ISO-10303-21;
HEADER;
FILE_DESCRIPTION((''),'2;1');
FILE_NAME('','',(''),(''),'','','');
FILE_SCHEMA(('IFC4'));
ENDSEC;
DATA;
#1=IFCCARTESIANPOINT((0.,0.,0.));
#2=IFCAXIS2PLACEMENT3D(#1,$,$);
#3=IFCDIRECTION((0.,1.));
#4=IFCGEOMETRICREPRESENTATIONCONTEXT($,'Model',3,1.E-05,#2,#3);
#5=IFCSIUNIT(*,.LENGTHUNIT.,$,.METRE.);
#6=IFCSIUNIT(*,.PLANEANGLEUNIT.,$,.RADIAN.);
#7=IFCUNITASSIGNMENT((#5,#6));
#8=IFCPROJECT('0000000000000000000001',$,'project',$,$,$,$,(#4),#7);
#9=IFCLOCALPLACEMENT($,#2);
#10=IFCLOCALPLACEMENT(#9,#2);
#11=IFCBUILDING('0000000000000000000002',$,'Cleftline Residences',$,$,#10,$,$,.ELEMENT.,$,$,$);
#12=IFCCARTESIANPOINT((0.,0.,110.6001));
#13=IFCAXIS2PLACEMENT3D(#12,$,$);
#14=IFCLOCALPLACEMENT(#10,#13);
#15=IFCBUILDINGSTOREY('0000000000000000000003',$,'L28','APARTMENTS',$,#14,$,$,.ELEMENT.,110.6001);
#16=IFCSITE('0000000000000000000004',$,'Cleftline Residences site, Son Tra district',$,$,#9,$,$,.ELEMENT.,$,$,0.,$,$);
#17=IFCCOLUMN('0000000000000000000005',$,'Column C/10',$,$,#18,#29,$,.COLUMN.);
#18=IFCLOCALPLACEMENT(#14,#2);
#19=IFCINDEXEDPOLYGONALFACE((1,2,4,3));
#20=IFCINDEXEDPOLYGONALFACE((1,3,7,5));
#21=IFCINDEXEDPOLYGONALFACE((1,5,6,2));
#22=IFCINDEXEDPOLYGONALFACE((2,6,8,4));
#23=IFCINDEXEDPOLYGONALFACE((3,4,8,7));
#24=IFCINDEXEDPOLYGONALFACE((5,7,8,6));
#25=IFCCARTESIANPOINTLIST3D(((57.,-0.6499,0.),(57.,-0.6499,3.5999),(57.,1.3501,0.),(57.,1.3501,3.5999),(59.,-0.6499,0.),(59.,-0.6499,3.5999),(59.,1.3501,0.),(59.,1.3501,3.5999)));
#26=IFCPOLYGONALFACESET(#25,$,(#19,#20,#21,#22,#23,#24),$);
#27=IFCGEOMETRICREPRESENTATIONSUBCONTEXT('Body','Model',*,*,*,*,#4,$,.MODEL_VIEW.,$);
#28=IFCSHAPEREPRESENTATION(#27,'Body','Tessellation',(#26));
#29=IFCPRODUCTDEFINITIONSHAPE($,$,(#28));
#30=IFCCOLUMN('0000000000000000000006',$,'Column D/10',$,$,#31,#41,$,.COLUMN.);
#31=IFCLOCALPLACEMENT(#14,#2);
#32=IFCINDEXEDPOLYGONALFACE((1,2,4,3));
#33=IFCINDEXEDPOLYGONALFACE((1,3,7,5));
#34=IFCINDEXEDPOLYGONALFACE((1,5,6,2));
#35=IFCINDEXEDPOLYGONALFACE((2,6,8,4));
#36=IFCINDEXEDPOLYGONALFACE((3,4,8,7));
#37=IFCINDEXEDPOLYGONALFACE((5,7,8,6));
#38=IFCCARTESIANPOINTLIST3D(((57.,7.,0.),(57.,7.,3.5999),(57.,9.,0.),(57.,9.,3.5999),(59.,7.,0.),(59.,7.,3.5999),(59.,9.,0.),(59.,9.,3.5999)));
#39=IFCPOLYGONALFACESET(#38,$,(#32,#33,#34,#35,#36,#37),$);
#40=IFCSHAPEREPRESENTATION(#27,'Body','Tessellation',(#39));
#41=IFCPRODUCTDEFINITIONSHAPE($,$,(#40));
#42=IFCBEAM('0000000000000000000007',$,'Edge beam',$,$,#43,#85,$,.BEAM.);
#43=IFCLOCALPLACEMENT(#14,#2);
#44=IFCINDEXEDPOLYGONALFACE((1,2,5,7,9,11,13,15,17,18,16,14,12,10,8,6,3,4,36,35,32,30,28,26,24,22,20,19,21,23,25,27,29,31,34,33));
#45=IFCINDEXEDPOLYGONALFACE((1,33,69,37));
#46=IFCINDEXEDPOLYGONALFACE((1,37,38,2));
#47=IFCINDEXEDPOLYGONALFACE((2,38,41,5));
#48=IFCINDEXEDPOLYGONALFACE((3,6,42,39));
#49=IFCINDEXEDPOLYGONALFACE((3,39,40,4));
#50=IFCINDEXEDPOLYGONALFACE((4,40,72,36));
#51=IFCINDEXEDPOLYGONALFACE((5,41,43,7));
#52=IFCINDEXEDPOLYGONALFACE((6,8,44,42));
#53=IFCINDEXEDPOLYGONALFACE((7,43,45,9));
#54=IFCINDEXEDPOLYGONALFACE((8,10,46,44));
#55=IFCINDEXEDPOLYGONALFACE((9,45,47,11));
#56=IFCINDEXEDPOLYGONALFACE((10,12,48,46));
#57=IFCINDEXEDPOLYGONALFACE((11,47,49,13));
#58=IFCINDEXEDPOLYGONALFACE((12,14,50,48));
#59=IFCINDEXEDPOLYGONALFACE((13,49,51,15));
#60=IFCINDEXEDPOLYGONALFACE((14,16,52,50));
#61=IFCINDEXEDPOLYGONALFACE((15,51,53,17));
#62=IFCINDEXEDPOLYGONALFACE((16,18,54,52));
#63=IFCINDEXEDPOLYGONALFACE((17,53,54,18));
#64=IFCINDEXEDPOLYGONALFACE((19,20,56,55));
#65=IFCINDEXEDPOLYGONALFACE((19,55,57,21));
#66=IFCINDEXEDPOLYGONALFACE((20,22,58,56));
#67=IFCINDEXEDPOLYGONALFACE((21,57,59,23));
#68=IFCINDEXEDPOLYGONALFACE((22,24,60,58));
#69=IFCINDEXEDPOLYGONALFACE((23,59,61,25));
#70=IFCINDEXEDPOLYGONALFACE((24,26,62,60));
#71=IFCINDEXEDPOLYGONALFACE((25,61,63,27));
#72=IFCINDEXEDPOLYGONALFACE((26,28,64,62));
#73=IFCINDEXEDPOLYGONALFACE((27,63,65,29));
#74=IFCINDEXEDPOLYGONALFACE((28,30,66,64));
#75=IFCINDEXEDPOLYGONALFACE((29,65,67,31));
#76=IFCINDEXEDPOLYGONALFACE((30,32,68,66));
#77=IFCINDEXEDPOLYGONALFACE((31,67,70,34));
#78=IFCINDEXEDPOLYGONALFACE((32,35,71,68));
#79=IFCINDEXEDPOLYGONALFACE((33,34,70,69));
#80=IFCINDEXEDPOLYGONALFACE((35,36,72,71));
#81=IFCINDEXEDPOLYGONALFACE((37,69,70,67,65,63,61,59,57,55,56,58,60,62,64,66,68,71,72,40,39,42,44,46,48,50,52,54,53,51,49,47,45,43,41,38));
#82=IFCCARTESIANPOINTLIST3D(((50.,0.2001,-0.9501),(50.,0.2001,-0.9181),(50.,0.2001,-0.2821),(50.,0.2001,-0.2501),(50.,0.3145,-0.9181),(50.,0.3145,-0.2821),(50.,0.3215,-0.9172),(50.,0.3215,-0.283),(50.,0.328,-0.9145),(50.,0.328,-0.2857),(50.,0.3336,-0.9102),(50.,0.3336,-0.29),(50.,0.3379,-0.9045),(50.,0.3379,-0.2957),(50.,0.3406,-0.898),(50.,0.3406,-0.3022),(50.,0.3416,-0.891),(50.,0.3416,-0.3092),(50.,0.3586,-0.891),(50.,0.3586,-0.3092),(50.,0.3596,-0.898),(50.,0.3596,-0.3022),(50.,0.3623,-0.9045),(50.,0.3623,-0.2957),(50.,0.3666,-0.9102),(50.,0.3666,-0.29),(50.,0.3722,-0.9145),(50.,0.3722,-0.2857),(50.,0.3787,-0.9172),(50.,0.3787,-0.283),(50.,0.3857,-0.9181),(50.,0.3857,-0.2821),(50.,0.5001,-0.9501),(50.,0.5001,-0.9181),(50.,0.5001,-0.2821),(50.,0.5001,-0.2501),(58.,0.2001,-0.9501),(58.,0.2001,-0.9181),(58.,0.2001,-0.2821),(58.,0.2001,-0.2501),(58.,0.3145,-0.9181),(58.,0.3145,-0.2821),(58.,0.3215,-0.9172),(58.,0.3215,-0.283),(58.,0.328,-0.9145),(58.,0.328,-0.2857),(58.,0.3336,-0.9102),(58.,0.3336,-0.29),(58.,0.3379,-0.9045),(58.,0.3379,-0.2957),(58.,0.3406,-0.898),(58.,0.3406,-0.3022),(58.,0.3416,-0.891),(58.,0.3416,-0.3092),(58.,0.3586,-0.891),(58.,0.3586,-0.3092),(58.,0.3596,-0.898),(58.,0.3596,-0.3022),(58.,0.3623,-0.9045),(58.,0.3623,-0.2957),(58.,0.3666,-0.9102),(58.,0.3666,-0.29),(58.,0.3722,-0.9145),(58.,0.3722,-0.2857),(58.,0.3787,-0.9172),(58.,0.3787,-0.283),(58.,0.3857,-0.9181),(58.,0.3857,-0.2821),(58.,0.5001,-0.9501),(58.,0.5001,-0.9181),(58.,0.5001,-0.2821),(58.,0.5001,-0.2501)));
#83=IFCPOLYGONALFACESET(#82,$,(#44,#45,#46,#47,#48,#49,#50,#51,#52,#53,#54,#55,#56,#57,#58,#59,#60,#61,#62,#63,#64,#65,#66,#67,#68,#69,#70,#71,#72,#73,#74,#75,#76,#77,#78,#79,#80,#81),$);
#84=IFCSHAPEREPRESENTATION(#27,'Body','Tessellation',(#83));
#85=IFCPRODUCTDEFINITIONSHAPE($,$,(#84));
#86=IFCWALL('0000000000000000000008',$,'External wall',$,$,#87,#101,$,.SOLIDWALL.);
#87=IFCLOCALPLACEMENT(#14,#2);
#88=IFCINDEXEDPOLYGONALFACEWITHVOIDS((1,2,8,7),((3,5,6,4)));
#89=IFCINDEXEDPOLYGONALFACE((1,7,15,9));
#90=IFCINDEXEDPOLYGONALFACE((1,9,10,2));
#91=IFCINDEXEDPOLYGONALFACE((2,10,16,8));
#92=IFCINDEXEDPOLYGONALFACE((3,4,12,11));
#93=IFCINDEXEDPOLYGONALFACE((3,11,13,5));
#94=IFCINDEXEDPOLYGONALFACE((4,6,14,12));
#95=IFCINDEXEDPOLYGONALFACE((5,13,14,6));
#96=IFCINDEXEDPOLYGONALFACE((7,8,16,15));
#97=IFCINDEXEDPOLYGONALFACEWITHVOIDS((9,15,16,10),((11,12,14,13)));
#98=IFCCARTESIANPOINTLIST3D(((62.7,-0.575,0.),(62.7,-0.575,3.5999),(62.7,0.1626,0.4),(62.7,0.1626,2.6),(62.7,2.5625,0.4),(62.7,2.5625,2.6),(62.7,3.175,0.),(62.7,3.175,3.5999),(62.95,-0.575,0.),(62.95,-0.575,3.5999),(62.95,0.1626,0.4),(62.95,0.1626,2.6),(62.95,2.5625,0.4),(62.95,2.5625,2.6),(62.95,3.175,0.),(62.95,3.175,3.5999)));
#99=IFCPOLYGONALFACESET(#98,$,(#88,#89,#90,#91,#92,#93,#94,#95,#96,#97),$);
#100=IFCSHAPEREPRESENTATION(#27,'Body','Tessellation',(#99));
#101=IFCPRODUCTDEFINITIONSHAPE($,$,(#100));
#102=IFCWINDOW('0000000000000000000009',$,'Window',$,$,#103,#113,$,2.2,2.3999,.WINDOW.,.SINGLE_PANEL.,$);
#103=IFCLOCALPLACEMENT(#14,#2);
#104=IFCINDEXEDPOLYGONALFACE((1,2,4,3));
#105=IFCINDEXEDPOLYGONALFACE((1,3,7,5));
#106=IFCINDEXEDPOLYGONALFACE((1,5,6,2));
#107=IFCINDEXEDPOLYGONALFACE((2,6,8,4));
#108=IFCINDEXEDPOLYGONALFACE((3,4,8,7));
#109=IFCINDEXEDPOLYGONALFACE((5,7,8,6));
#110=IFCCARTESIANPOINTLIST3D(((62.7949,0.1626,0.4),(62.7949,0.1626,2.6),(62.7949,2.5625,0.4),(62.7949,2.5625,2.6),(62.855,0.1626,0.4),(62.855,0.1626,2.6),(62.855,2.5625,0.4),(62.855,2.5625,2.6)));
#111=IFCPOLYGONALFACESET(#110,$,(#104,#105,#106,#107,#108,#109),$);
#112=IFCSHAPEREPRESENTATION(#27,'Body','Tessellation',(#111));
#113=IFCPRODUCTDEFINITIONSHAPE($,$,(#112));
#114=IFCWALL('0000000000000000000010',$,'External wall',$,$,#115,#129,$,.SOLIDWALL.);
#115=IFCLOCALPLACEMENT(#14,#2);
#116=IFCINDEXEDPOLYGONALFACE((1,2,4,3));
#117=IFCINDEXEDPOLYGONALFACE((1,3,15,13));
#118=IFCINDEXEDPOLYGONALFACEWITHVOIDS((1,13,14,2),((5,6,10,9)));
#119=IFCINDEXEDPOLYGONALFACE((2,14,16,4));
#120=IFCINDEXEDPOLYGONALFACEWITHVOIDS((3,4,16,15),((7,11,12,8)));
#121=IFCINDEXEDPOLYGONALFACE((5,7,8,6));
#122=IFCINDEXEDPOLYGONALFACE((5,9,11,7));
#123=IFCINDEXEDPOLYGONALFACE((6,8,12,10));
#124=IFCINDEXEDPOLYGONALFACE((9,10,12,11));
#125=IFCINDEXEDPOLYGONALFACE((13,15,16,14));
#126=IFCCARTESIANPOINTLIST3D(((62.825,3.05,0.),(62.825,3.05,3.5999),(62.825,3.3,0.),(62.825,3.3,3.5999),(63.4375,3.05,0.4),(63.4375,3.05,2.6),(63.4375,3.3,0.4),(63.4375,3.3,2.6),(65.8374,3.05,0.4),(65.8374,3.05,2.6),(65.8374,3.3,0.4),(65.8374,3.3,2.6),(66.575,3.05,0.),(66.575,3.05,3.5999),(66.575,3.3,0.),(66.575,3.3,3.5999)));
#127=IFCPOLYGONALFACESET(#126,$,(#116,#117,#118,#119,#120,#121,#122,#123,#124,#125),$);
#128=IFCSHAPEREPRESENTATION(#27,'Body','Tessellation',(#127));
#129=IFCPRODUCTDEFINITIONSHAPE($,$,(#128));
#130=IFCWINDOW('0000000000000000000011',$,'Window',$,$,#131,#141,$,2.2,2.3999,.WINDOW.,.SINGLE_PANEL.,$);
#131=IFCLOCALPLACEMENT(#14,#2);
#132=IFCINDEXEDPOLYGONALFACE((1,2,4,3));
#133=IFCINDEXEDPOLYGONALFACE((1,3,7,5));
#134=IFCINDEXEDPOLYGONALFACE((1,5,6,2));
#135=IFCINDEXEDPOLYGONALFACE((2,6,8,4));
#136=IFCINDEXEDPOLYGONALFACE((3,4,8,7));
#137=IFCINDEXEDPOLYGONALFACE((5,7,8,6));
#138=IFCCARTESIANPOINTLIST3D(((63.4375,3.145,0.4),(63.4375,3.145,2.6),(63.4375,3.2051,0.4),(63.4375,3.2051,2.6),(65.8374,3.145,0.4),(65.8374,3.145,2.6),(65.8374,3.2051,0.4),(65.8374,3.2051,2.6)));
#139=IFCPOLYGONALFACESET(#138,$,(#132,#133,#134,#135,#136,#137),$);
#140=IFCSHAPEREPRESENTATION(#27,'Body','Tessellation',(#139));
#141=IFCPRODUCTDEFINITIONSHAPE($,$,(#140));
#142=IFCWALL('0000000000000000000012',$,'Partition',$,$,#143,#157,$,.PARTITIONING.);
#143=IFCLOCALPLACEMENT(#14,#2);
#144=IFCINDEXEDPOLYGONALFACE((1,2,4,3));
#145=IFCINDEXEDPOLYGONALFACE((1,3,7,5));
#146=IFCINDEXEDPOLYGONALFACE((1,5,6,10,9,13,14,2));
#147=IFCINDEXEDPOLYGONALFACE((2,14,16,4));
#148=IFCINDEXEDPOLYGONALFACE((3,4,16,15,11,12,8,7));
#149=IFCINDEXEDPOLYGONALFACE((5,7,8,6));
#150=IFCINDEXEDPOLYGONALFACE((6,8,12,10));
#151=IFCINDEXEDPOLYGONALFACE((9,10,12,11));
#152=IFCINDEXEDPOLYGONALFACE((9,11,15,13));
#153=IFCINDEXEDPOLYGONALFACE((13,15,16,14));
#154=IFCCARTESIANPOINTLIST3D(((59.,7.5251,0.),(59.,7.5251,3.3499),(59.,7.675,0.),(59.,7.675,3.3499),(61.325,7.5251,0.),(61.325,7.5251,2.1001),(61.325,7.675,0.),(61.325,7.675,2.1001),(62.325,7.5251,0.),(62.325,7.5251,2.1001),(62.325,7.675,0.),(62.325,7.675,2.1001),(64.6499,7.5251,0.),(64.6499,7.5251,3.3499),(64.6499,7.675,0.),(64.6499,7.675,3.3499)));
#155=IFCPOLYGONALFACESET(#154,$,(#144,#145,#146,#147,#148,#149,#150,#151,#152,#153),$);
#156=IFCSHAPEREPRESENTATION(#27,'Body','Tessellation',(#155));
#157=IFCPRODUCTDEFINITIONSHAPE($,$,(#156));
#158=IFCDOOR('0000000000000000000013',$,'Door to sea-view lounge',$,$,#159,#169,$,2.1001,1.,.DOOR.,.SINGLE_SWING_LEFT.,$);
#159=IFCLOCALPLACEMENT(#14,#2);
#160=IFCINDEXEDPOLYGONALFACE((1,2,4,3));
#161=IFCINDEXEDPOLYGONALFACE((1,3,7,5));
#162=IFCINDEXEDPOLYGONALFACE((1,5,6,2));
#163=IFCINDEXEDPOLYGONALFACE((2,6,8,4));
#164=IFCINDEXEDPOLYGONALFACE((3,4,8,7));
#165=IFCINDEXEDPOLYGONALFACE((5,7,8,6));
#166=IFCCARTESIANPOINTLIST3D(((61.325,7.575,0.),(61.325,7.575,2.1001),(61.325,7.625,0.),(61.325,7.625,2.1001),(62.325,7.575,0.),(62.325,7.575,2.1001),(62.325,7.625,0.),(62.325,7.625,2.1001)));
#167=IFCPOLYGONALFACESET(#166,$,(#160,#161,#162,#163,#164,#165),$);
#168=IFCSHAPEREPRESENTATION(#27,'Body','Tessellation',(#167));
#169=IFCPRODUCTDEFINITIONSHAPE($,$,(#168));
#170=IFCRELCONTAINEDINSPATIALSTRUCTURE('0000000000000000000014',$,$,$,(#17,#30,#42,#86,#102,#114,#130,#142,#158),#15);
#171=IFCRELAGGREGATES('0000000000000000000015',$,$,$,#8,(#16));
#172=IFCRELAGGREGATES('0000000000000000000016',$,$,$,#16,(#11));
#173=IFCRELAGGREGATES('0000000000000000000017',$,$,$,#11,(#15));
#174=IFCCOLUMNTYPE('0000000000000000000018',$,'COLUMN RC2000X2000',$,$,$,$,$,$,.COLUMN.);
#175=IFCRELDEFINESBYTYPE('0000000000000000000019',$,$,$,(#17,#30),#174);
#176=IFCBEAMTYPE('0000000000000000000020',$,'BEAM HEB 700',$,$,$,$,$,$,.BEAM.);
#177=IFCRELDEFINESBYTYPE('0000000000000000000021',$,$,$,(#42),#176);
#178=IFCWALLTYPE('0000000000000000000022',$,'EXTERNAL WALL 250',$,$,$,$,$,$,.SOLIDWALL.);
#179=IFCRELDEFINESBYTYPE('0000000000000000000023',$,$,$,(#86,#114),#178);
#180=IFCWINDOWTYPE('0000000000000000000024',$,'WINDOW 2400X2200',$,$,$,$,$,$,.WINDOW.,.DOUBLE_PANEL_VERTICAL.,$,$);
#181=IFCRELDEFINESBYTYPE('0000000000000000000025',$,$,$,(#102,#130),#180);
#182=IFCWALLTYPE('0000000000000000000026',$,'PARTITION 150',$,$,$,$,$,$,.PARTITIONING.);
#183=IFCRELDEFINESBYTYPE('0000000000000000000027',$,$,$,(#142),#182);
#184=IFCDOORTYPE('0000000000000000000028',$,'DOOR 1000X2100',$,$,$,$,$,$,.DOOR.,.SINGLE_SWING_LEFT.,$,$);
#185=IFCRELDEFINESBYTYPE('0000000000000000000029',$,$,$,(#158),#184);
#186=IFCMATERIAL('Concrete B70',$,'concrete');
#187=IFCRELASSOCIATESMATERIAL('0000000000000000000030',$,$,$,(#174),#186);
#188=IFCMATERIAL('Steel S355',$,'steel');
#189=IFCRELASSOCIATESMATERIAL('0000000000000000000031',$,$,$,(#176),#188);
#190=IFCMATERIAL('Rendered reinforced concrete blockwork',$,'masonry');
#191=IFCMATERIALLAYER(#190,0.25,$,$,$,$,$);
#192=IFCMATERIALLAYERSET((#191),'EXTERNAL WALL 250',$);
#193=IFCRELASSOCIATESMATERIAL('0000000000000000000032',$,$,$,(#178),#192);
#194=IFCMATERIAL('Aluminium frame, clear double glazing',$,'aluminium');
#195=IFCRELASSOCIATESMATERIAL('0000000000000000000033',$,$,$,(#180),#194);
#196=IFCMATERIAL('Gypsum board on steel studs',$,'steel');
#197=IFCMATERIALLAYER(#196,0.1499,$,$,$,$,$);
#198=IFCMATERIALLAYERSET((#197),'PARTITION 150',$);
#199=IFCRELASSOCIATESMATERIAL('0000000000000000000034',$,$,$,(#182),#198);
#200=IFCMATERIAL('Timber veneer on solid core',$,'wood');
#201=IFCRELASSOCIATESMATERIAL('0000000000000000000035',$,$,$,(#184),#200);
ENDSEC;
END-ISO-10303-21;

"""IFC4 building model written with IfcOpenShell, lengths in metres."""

from ifc_helpers import new_model, si_unit, direction, frame, frame_2d, origin, origin_2d, place, context, subcontext, project, spatial, rectangle, i_section, extrude, material, layer, layer_set, material_profile, profile_set, type_object, element, fill, save


model = new_model("IFC4")

# Units and contexts
model_context = context("Model", 3, precision=1e-05, world=origin(), true_north=direction((0.0, 1.0)))
body_context = subcontext(model_context, "Body", "Model", "MODEL_VIEW")
ifc_project = project(units=[si_unit("LENGTHUNIT", "METRE"), si_unit("PLANEANGLEUNIT", "RADIAN")], contexts=[model_context])

# Site, building, storey
site_placement = place(None, origin())
site = spatial("IfcSite", under=ifc_project, at=site_placement, Name="Cleftline Residences site, Son Tra district", CompositionType="ELEMENT", RefElevation=0.0)
building_placement = place(site_placement, origin())
building = spatial("IfcBuilding", under=site, at=building_placement, Name="Cleftline Residences", CompositionType="ELEMENT")
storey_placement = place(building_placement, frame((0.0, 0.0, 110.6001)))
storey = spatial("IfcBuildingStorey", under=building, at=storey_placement, Name="L28", Description="APARTMENTS", CompositionType="ELEMENT", Elevation=110.6001)

# Columns
ifc_material_1 = material(Name="Concrete B70", Category="concrete")
ifc_material_profile_1 = material_profile(ifc_material_1, rectangle(XDim=2.0, YDim=2.0, at=origin_2d()))
ifc_profile_set_1 = profile_set([ifc_material_profile_1], Name="Concrete B70")
column_type = type_object("IfcColumnType", Name="COLUMN RC2000X2000", PredefinedType="COLUMN", material=ifc_profile_set_1)
for number, where, z_axis, x_axis, name in (
    (1, (58.0, 0.3501, 0.0), (0.0, 0.0, 1.0), (1.0, 0.0, 0.0), "Column C/10"),
    (2, (58.0, 8.0, 0.0), (0.0, 0.0, 1.0), (1.0, 0.0, 0.0), "Column D/10"),
):
    element("IfcColumn", number, at=place(storey_placement, frame(where, z_axis=z_axis, x_axis=x_axis)), inside=storey, type_object=column_type, Name=name, PredefinedType="COLUMN", context=body_context, shape_type="SweptSolid", body=[
        extrude(rectangle(XDim=2.0, YDim=2.0, at=origin_2d()), origin(), (0.0, 0.0, 1.0), 3.5999),
    ])

# Beam
ifc_material_2 = material(Name="Steel S355", Category="steel")
ifc_material_profile_2 = material_profile(ifc_material_2, i_section(OverallWidth=0.3, OverallDepth=0.7, WebThickness=0.0171, FlangeThickness=0.032, FilletRadius=0.0271, at=origin_2d()))
ifc_profile_set_2 = profile_set([ifc_material_profile_2], Name="Steel S355")
beam_type = type_object("IfcBeamType", Name="BEAM HEB 700", PredefinedType="BEAM", material=ifc_profile_set_2)
beam_placement = place(storey_placement, frame((58.0, 0.3501, -0.6001), z_axis=(-1.0, 0.0, 0.0), x_axis=(0.0, -1.0, 0.0)))
element("IfcBeam", 3, at=beam_placement, inside=storey, type_object=beam_type, Name="Edge beam", PredefinedType="BEAM", context=body_context, shape_type="SweptSolid", body=[
    extrude(i_section(OverallWidth=0.3, OverallDepth=0.7, WebThickness=0.0171, FlangeThickness=0.032, FilletRadius=0.0271, at=origin_2d()), origin(), (0.0, 0.0, 1.0), 8.0),
])

# Walls, openings, windows
ifc_material_3 = material(Name="Rendered reinforced concrete blockwork", Category="masonry")
ifc_layer_1 = layer(ifc_material_3, 0.25)
ifc_layer_set_1 = layer_set([ifc_layer_1], Name="EXTERNAL WALL 250")
wall_type_1 = type_object("IfcWallType", Name="EXTERNAL WALL 250", PredefinedType="SOLIDWALL", material=ifc_layer_set_1)
wall_1_placement = place(storey_placement, frame((62.825, -0.575, 0.0), z_axis=(0.0, 0.0, 1.0), x_axis=(0.0, 1.0, 0.0)))
wall_1 = element("IfcWall", 4, at=wall_1_placement, inside=storey, type_object=wall_type_1, Name="External wall", PredefinedType="SOLIDWALL", context=body_context, shape_type="SweptSolid", body=[
    extrude(rectangle(XDim=3.75, YDim=0.25, at=frame_2d((1.875, 0.0))), origin(), (0.0, 0.0, 1.0), 3.5999),
])
opening_1_placement = place(wall_1_placement, frame((0.7375, 0.0, 0.3999)))
opening_1 = element("IfcOpeningElement", 5, at=opening_1_placement, cuts=wall_1, PredefinedType="OPENING", context=body_context, shape_type="SweptSolid", body=[
    extrude(rectangle(XDim=2.3999, YDim=2.2, at=frame_2d((1.2, 1.1001))), frame((0.0, 0.135, 0.0), z_axis=(0.0, -1.0, 0.0), x_axis=(1.0, 0.0, 0.0)), (0.0, 0.0, 1.0), 0.27),
])
ifc_material_4 = material(Name="Aluminium frame, clear double glazing", Category="aluminium")
window_type = type_object("IfcWindowType", Name="WINDOW 2400X2200", PartitioningType="DOUBLE_PANEL_VERTICAL", PredefinedType="WINDOW", material=ifc_material_4)
window_1_placement = place(opening_1_placement, origin())
window_1 = element("IfcWindow", 6, at=window_1_placement, inside=storey, type_object=window_type, Name="Window", OverallHeight=2.2, OverallWidth=2.3999, PartitioningType="SINGLE_PANEL", PredefinedType="WINDOW", context=body_context, shape_type="SweptSolid", body=[
    extrude(rectangle(XDim=2.3999, YDim=2.2, at=frame_2d((1.2, 1.1001))), frame((0.0, 0.03, 0.0), z_axis=(0.0, -1.0, 0.0), x_axis=(1.0, 0.0, 0.0)), (0.0, 0.0, 1.0), 0.0601),
])
fill(opening_1, window_1)
wall_2_placement = place(storey_placement, frame((62.825, 3.175, 0.0), z_axis=(0.0, 0.0, 1.0), x_axis=(1.0, 0.0, 0.0)))
wall_2 = element("IfcWall", 7, at=wall_2_placement, inside=storey, type_object=wall_type_1, Name="External wall", PredefinedType="SOLIDWALL", context=body_context, shape_type="SweptSolid", body=[
    extrude(rectangle(XDim=3.75, YDim=0.25, at=frame_2d((1.875, 0.0))), origin(), (0.0, 0.0, 1.0), 3.5999),
])
opening_2_placement = place(wall_2_placement, frame((0.6125, 0.0, 0.3999)))
opening_2 = element("IfcOpeningElement", 8, at=opening_2_placement, cuts=wall_2, PredefinedType="OPENING", context=body_context, shape_type="SweptSolid", body=[
    extrude(rectangle(XDim=2.3999, YDim=2.2, at=frame_2d((1.2, 1.1001))), frame((0.0, 0.135, 0.0), z_axis=(0.0, -1.0, 0.0), x_axis=(1.0, 0.0, 0.0)), (0.0, 0.0, 1.0), 0.27),
])
window_2_placement = place(opening_2_placement, origin())
window_2 = element("IfcWindow", 9, at=window_2_placement, inside=storey, type_object=window_type, Name="Window", OverallHeight=2.2, OverallWidth=2.3999, PartitioningType="SINGLE_PANEL", PredefinedType="WINDOW", context=body_context, shape_type="SweptSolid", body=[
    extrude(rectangle(XDim=2.3999, YDim=2.2, at=frame_2d((1.2, 1.1001))), frame((0.0, 0.03, 0.0), z_axis=(0.0, -1.0, 0.0), x_axis=(1.0, 0.0, 0.0)), (0.0, 0.0, 1.0), 0.0601),
])
fill(opening_2, window_2)

# Wall, opening, door
ifc_material_5 = material(Name="Gypsum board on steel studs", Category="steel")
ifc_layer_2 = layer(ifc_material_5, 0.1499)
ifc_layer_set_2 = layer_set([ifc_layer_2], Name="PARTITION 150")
wall_type_2 = type_object("IfcWallType", Name="PARTITION 150", PredefinedType="PARTITIONING", material=ifc_layer_set_2)
wall_3_placement = place(storey_placement, frame((59.0, 7.6001, 0.0), z_axis=(0.0, 0.0, 1.0), x_axis=(1.0, 0.0, 0.0)))
wall_3 = element("IfcWall", 10, at=wall_3_placement, inside=storey, type_object=wall_type_2, Name="Partition", PredefinedType="PARTITIONING", context=body_context, shape_type="SweptSolid", body=[
    extrude(rectangle(XDim=5.6499, YDim=0.1499, at=frame_2d((2.825, 0.0))), origin(), (0.0, 0.0, 1.0), 3.3499),
])
opening_3_placement = place(wall_3_placement, frame((2.325, 0.0, 0.0)))
opening_3 = element("IfcOpeningElement", 11, at=opening_3_placement, cuts=wall_3, PredefinedType="OPENING", context=body_context, shape_type="SweptSolid", body=[
    extrude(rectangle(XDim=1.0, YDim=2.1001, at=frame_2d((0.5, 1.05))), frame((0.0, 0.085, 0.0), z_axis=(0.0, -1.0, 0.0), x_axis=(1.0, 0.0, 0.0)), (0.0, 0.0, 1.0), 0.1699),
])
ifc_material_6 = material(Name="Timber veneer on solid core", Category="wood")
door_type_1 = type_object("IfcDoorType", Name="DOOR 1000X2100", OperationType="SINGLE_SWING_LEFT", PredefinedType="DOOR", material=ifc_material_6)
door_1_placement = place(opening_3_placement, origin())
door_1 = element("IfcDoor", 12, at=door_1_placement, inside=storey, type_object=door_type_1, Name="Door to sea-view lounge", OperationType="SINGLE_SWING_LEFT", OverallHeight=2.1001, OverallWidth=1.0, PredefinedType="DOOR", context=body_context, shape_type="SweptSolid", body=[
    extrude(rectangle(XDim=1.0, YDim=2.1001, at=frame_2d((0.5, 1.05))), frame((0.0, 0.0249, 0.0), z_axis=(0.0, -1.0, 0.0), x_axis=(1.0, 0.0, 0.0)), (0.0, 0.0, 1.0), 0.05),
])
fill(opening_3, door_1)

save(model, "model.ifc")
